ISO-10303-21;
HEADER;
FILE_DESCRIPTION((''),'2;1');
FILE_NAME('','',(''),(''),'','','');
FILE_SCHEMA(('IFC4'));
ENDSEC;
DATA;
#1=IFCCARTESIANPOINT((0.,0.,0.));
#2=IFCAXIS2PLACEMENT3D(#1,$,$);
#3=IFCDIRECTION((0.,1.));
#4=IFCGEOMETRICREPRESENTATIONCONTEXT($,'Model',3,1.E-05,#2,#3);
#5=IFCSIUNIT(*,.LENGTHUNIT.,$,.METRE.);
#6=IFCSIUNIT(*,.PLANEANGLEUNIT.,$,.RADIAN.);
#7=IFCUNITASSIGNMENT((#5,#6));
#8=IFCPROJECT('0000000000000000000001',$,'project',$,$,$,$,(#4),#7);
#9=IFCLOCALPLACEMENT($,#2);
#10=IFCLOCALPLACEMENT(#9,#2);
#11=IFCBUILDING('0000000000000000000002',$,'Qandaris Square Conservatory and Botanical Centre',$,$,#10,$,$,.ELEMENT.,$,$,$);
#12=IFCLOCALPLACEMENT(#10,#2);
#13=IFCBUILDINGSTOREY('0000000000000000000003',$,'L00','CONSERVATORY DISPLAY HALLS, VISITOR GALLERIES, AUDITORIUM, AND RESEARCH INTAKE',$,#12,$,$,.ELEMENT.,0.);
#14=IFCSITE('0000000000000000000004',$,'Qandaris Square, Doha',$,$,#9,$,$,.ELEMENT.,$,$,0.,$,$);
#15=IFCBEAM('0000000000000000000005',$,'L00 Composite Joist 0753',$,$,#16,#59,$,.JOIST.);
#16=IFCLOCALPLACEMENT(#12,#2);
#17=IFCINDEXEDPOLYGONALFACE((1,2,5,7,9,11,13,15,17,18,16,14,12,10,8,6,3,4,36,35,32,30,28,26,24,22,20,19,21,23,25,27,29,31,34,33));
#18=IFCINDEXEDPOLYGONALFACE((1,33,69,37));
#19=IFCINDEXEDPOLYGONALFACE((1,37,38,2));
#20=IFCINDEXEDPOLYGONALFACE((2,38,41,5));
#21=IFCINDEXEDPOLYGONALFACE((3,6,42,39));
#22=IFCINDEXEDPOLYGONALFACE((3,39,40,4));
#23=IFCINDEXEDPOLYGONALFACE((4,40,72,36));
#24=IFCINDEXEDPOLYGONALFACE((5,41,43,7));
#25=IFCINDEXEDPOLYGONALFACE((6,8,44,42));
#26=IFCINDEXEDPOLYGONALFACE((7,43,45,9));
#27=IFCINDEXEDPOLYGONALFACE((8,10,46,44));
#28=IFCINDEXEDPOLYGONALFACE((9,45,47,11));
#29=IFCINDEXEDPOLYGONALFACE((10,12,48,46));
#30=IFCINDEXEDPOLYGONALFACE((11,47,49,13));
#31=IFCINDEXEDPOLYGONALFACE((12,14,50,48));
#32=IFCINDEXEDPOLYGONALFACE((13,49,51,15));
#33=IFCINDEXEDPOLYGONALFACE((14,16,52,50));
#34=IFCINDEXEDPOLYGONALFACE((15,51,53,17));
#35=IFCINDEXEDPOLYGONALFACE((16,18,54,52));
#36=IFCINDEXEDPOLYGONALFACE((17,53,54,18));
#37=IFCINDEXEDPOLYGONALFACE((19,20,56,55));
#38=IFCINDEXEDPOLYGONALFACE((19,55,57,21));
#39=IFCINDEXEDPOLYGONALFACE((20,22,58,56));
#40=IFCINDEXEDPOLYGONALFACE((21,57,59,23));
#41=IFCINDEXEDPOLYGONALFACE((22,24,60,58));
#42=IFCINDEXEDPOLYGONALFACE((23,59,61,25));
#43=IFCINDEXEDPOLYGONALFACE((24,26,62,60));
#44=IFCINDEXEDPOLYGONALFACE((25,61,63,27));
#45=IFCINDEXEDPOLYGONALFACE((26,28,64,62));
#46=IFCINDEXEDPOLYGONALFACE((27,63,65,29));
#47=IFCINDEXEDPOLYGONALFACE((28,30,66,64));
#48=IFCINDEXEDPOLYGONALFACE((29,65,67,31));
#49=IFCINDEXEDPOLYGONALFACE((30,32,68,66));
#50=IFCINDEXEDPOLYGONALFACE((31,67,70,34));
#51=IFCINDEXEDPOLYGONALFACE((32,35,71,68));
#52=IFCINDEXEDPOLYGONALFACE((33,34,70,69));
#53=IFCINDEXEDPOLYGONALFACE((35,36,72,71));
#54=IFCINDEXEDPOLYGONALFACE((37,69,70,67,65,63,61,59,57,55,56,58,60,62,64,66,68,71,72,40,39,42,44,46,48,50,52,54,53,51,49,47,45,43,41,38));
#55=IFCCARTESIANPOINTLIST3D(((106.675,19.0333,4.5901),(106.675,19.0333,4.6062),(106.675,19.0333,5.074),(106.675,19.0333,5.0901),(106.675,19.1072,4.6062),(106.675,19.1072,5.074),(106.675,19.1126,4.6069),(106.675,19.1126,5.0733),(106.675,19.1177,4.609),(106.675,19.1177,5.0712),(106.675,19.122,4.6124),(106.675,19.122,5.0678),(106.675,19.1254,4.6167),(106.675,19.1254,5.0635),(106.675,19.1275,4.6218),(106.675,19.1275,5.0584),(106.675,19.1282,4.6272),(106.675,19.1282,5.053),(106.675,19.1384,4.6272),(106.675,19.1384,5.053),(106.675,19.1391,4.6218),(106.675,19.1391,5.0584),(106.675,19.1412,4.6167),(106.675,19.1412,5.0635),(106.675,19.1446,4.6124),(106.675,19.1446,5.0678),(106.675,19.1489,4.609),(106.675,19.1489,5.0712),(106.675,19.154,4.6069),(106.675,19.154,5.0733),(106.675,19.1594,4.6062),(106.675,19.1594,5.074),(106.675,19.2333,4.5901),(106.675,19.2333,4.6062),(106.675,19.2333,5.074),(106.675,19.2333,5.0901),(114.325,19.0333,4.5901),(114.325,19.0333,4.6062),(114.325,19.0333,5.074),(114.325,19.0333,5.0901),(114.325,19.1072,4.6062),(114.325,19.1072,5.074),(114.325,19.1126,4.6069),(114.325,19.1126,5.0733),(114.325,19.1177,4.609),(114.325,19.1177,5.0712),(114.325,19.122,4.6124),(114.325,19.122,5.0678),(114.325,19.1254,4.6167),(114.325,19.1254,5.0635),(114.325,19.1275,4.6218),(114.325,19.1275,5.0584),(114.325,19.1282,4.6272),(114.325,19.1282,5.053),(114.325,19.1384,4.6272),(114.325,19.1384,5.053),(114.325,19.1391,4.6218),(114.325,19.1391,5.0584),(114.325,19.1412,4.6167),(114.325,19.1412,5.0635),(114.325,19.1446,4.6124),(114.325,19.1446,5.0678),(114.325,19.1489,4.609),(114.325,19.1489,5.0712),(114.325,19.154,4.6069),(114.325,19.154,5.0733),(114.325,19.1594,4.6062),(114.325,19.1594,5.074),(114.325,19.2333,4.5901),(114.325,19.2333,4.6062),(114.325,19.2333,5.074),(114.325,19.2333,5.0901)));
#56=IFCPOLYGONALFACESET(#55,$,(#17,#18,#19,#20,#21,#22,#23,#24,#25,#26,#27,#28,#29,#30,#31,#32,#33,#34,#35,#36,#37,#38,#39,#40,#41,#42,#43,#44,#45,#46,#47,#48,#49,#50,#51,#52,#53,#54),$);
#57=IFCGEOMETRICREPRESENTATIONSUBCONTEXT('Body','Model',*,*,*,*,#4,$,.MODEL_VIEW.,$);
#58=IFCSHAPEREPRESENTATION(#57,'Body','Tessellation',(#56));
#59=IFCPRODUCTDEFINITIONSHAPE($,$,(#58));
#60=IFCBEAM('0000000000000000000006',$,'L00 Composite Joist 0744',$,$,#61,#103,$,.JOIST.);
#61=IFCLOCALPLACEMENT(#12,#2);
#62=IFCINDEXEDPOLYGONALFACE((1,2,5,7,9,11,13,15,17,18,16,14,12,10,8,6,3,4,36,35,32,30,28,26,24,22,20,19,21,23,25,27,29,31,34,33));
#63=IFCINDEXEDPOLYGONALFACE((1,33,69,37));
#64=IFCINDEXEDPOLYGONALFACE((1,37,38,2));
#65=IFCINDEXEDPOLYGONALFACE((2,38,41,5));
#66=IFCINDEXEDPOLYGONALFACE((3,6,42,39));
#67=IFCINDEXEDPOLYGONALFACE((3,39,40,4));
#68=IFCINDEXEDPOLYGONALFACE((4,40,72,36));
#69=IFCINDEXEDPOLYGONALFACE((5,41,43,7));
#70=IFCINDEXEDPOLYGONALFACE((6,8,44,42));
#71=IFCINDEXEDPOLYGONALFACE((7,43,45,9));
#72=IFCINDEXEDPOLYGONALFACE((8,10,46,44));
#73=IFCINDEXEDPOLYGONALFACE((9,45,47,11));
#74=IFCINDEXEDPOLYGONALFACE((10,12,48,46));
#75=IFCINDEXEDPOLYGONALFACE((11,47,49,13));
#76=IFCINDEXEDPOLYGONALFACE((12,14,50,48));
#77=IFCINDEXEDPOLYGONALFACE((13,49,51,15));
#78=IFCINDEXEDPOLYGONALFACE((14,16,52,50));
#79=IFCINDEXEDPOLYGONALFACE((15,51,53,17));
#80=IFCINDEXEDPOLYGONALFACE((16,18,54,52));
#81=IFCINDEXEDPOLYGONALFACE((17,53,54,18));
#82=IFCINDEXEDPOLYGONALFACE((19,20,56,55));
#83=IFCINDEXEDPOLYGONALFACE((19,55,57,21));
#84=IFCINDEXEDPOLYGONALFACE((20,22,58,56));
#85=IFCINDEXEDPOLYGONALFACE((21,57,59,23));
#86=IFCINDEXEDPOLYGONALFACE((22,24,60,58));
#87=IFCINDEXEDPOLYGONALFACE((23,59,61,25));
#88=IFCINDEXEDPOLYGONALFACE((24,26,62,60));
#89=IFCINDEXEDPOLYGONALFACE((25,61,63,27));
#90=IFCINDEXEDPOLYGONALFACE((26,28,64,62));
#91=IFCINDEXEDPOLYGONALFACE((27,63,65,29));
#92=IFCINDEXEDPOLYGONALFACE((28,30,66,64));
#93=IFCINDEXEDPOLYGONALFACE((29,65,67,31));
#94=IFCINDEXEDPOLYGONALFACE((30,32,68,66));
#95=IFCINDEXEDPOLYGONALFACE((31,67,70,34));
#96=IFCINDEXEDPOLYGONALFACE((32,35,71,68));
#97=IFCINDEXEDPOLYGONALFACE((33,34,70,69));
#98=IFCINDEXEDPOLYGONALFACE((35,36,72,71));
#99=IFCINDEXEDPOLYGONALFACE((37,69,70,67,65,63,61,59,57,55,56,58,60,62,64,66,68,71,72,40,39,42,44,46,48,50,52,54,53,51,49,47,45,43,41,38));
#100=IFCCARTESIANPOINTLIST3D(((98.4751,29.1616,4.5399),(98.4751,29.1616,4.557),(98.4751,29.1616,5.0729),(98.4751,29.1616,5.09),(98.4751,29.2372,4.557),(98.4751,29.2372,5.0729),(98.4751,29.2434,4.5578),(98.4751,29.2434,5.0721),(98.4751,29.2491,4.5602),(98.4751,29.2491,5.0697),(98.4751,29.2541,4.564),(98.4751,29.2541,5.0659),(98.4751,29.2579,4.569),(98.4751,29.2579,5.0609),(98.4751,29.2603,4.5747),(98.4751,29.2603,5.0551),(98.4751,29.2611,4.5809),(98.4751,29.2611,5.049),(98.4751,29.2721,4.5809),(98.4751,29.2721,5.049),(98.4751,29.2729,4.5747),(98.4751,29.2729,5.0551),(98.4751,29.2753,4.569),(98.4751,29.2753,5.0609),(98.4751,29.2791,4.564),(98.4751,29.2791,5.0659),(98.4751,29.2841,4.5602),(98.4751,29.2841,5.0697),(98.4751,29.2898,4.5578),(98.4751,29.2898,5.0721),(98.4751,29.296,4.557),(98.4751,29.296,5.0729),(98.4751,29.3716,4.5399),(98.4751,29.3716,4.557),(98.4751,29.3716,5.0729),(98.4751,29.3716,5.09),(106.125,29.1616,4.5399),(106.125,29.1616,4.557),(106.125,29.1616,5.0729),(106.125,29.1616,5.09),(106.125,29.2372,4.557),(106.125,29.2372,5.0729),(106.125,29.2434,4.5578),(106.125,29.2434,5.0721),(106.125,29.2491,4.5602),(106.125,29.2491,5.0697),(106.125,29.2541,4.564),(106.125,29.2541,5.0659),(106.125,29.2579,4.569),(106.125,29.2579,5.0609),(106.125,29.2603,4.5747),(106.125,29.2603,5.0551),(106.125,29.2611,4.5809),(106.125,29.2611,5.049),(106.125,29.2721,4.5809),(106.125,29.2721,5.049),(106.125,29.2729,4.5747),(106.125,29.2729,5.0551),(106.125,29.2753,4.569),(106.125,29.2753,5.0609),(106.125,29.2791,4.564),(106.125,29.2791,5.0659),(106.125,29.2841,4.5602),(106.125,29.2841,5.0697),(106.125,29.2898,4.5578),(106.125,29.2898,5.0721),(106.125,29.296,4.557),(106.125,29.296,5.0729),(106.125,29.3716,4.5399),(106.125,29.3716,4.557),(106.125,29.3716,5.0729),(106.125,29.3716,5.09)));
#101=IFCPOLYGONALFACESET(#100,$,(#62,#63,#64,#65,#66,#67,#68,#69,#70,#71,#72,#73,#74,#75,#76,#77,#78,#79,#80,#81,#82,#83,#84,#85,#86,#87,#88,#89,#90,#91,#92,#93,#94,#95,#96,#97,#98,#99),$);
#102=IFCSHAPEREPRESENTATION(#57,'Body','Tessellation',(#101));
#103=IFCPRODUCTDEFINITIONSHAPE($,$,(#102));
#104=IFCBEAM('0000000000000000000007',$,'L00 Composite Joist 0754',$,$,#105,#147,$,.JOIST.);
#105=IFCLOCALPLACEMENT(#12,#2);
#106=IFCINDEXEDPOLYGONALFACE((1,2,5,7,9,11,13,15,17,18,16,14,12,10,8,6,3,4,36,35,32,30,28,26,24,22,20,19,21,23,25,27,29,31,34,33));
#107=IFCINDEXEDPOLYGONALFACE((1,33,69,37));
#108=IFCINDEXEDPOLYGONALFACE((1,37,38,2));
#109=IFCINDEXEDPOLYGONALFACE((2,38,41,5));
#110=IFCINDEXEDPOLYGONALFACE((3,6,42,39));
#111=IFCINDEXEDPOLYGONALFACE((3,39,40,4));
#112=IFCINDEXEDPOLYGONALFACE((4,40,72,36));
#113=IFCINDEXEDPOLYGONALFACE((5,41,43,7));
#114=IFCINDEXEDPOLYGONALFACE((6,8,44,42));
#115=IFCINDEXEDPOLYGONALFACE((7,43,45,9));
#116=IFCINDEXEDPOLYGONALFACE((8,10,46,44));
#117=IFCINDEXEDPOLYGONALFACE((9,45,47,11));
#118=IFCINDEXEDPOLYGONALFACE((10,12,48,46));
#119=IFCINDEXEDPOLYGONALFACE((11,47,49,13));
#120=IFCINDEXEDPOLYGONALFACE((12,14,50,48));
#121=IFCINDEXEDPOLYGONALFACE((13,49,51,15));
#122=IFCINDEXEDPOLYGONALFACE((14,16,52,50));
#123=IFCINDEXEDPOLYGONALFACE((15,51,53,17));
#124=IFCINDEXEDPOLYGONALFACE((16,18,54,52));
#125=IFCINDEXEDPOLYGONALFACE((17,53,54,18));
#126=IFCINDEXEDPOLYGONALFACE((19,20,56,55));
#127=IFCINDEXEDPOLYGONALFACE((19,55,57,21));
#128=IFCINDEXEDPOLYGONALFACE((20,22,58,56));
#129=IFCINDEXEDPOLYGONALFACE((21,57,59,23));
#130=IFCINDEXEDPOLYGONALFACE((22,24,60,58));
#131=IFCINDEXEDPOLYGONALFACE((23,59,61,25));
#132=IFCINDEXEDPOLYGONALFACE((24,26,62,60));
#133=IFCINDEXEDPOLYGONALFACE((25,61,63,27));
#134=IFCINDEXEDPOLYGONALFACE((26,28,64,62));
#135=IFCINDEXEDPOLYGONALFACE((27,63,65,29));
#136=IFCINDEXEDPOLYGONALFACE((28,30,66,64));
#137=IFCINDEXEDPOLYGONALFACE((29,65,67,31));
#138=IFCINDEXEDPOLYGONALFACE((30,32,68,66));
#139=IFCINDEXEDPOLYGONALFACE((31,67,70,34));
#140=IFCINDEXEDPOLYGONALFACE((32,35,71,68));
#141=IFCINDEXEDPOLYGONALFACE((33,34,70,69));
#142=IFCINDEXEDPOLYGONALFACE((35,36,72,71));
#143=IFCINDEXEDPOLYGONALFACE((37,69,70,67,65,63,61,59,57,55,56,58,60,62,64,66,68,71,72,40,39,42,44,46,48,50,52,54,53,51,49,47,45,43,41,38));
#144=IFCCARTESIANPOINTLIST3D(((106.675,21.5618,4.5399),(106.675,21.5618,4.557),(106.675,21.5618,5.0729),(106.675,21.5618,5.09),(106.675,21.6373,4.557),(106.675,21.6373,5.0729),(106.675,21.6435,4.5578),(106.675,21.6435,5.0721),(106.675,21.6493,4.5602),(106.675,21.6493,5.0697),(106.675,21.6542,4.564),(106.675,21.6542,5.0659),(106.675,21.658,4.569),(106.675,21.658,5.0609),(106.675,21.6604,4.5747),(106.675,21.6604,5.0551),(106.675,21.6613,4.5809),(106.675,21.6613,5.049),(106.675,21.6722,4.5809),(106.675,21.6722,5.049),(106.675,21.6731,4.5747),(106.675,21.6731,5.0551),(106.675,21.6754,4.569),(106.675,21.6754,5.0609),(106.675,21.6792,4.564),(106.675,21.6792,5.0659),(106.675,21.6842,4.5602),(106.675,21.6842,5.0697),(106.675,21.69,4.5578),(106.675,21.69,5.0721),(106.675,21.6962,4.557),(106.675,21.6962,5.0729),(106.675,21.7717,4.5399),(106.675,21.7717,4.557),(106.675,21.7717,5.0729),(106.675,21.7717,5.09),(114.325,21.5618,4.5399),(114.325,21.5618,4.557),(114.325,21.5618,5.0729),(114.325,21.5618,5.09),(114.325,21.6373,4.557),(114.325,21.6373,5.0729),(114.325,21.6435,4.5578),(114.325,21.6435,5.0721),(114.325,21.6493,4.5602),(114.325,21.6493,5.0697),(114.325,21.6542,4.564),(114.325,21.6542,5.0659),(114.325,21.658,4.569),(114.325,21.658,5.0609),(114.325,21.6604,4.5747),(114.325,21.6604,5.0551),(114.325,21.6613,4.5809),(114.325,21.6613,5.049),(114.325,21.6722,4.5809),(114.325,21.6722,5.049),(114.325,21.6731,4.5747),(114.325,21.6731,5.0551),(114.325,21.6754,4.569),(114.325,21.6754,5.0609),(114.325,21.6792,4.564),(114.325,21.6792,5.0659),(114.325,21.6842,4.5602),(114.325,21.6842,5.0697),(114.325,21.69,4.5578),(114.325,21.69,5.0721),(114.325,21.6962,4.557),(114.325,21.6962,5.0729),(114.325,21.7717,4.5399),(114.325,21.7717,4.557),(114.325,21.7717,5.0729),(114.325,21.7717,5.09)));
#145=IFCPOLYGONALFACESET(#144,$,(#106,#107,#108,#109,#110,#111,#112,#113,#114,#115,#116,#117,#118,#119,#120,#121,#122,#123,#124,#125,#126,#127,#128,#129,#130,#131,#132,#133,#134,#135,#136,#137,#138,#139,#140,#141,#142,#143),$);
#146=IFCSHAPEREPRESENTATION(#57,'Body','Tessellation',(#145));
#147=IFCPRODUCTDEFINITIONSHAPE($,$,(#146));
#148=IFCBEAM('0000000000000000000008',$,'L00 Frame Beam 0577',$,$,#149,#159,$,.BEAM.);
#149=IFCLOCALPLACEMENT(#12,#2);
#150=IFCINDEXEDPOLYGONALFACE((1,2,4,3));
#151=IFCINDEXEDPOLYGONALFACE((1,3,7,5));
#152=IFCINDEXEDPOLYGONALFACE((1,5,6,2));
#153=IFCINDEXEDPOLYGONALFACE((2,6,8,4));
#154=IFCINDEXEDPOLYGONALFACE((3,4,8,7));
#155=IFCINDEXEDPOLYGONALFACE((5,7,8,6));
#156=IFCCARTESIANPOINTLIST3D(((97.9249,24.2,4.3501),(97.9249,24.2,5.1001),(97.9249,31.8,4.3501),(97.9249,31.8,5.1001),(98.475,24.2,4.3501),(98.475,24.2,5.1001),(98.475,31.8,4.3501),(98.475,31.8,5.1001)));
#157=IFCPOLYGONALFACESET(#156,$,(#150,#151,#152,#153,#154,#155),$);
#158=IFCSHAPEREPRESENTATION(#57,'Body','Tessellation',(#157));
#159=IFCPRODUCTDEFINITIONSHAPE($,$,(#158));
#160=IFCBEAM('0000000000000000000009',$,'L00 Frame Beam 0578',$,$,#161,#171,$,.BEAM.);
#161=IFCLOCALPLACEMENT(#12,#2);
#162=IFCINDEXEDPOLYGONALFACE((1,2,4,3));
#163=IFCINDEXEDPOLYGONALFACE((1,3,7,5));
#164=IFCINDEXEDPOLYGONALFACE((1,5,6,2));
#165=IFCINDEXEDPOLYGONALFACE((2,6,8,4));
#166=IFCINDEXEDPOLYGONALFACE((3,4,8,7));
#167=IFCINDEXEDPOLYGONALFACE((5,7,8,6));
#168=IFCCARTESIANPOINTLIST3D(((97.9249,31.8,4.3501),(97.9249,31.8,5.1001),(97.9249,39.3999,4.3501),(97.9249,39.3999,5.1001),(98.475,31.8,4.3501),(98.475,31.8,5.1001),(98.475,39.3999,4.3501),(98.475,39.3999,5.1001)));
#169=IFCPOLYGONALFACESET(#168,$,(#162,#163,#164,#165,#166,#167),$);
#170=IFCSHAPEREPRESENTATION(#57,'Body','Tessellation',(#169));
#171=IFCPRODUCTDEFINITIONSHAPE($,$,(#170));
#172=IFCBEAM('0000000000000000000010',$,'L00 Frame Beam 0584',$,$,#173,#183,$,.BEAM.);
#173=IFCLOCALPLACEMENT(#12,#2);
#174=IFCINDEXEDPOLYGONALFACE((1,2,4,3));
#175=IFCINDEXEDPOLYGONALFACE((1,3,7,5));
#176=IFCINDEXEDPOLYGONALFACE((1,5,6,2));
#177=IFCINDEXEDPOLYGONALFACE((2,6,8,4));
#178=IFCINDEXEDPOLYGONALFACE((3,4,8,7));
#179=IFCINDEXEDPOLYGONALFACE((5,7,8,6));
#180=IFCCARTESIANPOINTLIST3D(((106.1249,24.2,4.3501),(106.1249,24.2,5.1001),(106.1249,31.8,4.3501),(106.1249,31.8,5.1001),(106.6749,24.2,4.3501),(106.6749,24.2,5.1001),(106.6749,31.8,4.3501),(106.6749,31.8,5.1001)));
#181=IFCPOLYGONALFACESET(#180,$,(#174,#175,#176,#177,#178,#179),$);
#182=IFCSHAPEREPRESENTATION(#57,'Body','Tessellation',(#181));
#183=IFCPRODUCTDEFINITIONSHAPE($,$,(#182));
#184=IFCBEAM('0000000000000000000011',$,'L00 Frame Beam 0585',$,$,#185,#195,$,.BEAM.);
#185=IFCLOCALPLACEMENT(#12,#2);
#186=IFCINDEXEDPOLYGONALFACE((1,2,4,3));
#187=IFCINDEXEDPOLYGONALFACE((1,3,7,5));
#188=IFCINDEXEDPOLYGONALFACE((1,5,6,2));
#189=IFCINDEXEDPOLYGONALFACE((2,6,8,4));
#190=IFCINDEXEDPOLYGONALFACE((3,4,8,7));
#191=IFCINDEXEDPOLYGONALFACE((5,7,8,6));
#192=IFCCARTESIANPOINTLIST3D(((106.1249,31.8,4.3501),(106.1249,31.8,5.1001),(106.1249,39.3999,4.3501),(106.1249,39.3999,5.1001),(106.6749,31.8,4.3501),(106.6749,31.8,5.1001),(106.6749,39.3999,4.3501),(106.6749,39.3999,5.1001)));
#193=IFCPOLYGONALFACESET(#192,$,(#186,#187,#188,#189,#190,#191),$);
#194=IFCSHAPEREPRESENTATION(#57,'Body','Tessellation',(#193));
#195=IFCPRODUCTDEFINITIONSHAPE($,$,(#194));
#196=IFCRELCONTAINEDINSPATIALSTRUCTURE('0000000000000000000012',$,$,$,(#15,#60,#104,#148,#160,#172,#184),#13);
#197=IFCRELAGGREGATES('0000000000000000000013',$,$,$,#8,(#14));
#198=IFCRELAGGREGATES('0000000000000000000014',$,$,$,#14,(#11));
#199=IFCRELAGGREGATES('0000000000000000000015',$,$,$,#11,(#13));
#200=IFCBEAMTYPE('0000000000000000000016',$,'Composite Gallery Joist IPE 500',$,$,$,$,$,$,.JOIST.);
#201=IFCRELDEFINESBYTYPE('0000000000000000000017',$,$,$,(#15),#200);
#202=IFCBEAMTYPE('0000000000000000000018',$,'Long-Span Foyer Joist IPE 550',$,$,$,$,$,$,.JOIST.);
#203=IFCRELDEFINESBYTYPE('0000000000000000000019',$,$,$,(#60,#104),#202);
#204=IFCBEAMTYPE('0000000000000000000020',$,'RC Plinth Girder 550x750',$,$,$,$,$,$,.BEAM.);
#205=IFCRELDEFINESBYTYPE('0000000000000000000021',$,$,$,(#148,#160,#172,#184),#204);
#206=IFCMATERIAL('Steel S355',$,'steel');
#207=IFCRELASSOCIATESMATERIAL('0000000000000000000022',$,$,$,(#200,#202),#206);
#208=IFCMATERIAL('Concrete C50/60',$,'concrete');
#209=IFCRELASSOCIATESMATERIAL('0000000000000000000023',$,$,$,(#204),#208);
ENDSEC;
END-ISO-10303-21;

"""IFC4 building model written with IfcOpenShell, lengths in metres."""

from ifc_helpers import new_model, si_unit, direction, frame, origin, origin_2d, place, context, subcontext, project, spatial, rectangle, i_section, extrude, material, material_profile, profile_set, type_object, element, save


model = new_model("IFC4")

# Units and contexts
model_context = context("Model", 3, precision=1e-05, world=origin(), true_north=direction((0.0, 1.0)))
body_context = subcontext(model_context, "Body", "Model", "MODEL_VIEW")
ifc_project = project(units=[si_unit("LENGTHUNIT", "METRE"), si_unit("PLANEANGLEUNIT", "RADIAN")], contexts=[model_context])

# Site, building, storey
site_placement = place(None, origin())
site = spatial("IfcSite", under=ifc_project, at=site_placement, Name="Qandaris Square, Doha", CompositionType="ELEMENT", RefElevation=0.0)
building_placement = place(site_placement, origin())
building = spatial("IfcBuilding", under=site, at=building_placement, Name="Qandaris Square Conservatory and Botanical Centre", CompositionType="ELEMENT")
storey_placement = place(building_placement, origin())
storey = spatial("IfcBuildingStorey", under=building, at=storey_placement, Name="L00", Description="CONSERVATORY DISPLAY HALLS, VISITOR GALLERIES, AUDITORIUM, AND RESEARCH INTAKE", CompositionType="ELEMENT", Elevation=0.0)

# Beams
ifc_material_1 = material(Name="Steel S355", Category="steel")
ifc_material_profile_1 = material_profile(ifc_material_1, i_section(OverallWidth=0.2, OverallDepth=0.5, WebThickness=0.0103, FlangeThickness=0.0161, FilletRadius=0.021, at=origin_2d()), Name="IPE 500")
ifc_profile_set_1 = profile_set([ifc_material_profile_1], Name="Steel S355")
beam_type_1 = type_object("IfcBeamType", Name="Composite Gallery Joist IPE 500", PredefinedType="JOIST", material=ifc_profile_set_1)
for number, where, z_axis, x_axis, name in (
    (1, (106.675, 19.1333, 4.8401), (1.0, 0.0, 0.0), (0.0, 1.0, 0.0), "L00 Composite Joist 0753"),
):
    element("IfcBeam", number, at=place(storey_placement, frame(where, z_axis=z_axis, x_axis=x_axis)), inside=storey, type_object=beam_type_1, Name=name, PredefinedType="JOIST", context=body_context, shape_type="SweptSolid", body=[
        extrude(i_section(OverallWidth=0.2, OverallDepth=0.5, WebThickness=0.0103, FlangeThickness=0.0161, FilletRadius=0.021, at=origin_2d()), origin(), (0.0, 0.0, 1.0), 7.6499),
    ])
ifc_material_profile_2 = material_profile(ifc_material_1, i_section(OverallWidth=0.21, OverallDepth=0.55, WebThickness=0.011, FlangeThickness=0.0171, FilletRadius=0.0239, at=origin_2d()), Name="IPE 550")
ifc_profile_set_2 = profile_set([ifc_material_profile_2], Name="Steel S355")
beam_type_2 = type_object("IfcBeamType", Name="Long-Span Foyer Joist IPE 550", PredefinedType="JOIST", material=ifc_profile_set_2)
for number, where, z_axis, x_axis, name in (
    (2, (98.4751, 29.2666, 4.8149), (1.0, 0.0, 0.0), (0.0, 1.0, 0.0), "L00 Composite Joist 0744"),
    (3, (106.675, 21.6667, 4.8149), (1.0, 0.0, 0.0), (0.0, 1.0, 0.0), "L00 Composite Joist 0754"),
):
    element("IfcBeam", number, at=place(storey_placement, frame(where, z_axis=z_axis, x_axis=x_axis)), inside=storey, type_object=beam_type_2, Name=name, PredefinedType="JOIST", context=body_context, shape_type="SweptSolid", body=[
        extrude(i_section(OverallWidth=0.21, OverallDepth=0.55, WebThickness=0.011, FlangeThickness=0.0171, FilletRadius=0.0239, at=origin_2d()), origin(), (0.0, 0.0, 1.0), 7.6499),
    ])
ifc_material_2 = material(Name="Concrete C50/60", Category="concrete")
ifc_material_profile_3 = material_profile(ifc_material_2, rectangle(XDim=0.55, YDim=0.75, at=origin_2d()), Name="RC-BM 550x750")
ifc_profile_set_3 = profile_set([ifc_material_profile_3], Name="Concrete C50/60")
beam_type_3 = type_object("IfcBeamType", Name="RC Plinth Girder 550x750", PredefinedType="BEAM", material=ifc_profile_set_3)
beam_1_placement = place(storey_placement, frame((98.2, 24.2, 4.7251), z_axis=(0.0, 1.0, 0.0), x_axis=(-1.0, 0.0, 0.0)))
element("IfcBeam", 4, at=beam_1_placement, inside=storey, type_object=beam_type_3, Name="L00 Frame Beam 0577", PredefinedType="BEAM", context=body_context, shape_type="SweptSolid", body=[
    extrude(rectangle(XDim=0.55, YDim=0.75, at=origin_2d()), origin(), (0.0, 0.0, 1.0), 7.6001),
])
beam_2_placement = place(storey_placement, frame((98.2, 31.8, 4.7251), z_axis=(0.0, 1.0, 0.0), x_axis=(-1.0, 0.0, 0.0)))
element("IfcBeam", 5, at=beam_2_placement, inside=storey, type_object=beam_type_3, Name="L00 Frame Beam 0578", PredefinedType="BEAM", context=body_context, shape_type="SweptSolid", body=[
    extrude(rectangle(XDim=0.55, YDim=0.75, at=origin_2d()), origin(), (0.0, 0.0, 1.0), 7.5999),
])
beam_3_placement = place(storey_placement, frame((106.3999, 24.2, 4.7251), z_axis=(0.0, 1.0, 0.0), x_axis=(-1.0, 0.0, 0.0)))
element("IfcBeam", 6, at=beam_3_placement, inside=storey, type_object=beam_type_3, Name="L00 Frame Beam 0584", PredefinedType="BEAM", context=body_context, shape_type="SweptSolid", body=[
    extrude(rectangle(XDim=0.55, YDim=0.75, at=origin_2d()), origin(), (0.0, 0.0, 1.0), 7.6001),
])
beam_4_placement = place(storey_placement, frame((106.3999, 31.8, 4.7251), z_axis=(0.0, 1.0, 0.0), x_axis=(-1.0, 0.0, 0.0)))
element("IfcBeam", 7, at=beam_4_placement, inside=storey, type_object=beam_type_3, Name="L00 Frame Beam 0585", PredefinedType="BEAM", context=body_context, shape_type="SweptSolid", body=[
    extrude(rectangle(XDim=0.55, YDim=0.75, at=origin_2d()), origin(), (0.0, 0.0, 1.0), 7.5999),
])

save(model, "model.ifc")
